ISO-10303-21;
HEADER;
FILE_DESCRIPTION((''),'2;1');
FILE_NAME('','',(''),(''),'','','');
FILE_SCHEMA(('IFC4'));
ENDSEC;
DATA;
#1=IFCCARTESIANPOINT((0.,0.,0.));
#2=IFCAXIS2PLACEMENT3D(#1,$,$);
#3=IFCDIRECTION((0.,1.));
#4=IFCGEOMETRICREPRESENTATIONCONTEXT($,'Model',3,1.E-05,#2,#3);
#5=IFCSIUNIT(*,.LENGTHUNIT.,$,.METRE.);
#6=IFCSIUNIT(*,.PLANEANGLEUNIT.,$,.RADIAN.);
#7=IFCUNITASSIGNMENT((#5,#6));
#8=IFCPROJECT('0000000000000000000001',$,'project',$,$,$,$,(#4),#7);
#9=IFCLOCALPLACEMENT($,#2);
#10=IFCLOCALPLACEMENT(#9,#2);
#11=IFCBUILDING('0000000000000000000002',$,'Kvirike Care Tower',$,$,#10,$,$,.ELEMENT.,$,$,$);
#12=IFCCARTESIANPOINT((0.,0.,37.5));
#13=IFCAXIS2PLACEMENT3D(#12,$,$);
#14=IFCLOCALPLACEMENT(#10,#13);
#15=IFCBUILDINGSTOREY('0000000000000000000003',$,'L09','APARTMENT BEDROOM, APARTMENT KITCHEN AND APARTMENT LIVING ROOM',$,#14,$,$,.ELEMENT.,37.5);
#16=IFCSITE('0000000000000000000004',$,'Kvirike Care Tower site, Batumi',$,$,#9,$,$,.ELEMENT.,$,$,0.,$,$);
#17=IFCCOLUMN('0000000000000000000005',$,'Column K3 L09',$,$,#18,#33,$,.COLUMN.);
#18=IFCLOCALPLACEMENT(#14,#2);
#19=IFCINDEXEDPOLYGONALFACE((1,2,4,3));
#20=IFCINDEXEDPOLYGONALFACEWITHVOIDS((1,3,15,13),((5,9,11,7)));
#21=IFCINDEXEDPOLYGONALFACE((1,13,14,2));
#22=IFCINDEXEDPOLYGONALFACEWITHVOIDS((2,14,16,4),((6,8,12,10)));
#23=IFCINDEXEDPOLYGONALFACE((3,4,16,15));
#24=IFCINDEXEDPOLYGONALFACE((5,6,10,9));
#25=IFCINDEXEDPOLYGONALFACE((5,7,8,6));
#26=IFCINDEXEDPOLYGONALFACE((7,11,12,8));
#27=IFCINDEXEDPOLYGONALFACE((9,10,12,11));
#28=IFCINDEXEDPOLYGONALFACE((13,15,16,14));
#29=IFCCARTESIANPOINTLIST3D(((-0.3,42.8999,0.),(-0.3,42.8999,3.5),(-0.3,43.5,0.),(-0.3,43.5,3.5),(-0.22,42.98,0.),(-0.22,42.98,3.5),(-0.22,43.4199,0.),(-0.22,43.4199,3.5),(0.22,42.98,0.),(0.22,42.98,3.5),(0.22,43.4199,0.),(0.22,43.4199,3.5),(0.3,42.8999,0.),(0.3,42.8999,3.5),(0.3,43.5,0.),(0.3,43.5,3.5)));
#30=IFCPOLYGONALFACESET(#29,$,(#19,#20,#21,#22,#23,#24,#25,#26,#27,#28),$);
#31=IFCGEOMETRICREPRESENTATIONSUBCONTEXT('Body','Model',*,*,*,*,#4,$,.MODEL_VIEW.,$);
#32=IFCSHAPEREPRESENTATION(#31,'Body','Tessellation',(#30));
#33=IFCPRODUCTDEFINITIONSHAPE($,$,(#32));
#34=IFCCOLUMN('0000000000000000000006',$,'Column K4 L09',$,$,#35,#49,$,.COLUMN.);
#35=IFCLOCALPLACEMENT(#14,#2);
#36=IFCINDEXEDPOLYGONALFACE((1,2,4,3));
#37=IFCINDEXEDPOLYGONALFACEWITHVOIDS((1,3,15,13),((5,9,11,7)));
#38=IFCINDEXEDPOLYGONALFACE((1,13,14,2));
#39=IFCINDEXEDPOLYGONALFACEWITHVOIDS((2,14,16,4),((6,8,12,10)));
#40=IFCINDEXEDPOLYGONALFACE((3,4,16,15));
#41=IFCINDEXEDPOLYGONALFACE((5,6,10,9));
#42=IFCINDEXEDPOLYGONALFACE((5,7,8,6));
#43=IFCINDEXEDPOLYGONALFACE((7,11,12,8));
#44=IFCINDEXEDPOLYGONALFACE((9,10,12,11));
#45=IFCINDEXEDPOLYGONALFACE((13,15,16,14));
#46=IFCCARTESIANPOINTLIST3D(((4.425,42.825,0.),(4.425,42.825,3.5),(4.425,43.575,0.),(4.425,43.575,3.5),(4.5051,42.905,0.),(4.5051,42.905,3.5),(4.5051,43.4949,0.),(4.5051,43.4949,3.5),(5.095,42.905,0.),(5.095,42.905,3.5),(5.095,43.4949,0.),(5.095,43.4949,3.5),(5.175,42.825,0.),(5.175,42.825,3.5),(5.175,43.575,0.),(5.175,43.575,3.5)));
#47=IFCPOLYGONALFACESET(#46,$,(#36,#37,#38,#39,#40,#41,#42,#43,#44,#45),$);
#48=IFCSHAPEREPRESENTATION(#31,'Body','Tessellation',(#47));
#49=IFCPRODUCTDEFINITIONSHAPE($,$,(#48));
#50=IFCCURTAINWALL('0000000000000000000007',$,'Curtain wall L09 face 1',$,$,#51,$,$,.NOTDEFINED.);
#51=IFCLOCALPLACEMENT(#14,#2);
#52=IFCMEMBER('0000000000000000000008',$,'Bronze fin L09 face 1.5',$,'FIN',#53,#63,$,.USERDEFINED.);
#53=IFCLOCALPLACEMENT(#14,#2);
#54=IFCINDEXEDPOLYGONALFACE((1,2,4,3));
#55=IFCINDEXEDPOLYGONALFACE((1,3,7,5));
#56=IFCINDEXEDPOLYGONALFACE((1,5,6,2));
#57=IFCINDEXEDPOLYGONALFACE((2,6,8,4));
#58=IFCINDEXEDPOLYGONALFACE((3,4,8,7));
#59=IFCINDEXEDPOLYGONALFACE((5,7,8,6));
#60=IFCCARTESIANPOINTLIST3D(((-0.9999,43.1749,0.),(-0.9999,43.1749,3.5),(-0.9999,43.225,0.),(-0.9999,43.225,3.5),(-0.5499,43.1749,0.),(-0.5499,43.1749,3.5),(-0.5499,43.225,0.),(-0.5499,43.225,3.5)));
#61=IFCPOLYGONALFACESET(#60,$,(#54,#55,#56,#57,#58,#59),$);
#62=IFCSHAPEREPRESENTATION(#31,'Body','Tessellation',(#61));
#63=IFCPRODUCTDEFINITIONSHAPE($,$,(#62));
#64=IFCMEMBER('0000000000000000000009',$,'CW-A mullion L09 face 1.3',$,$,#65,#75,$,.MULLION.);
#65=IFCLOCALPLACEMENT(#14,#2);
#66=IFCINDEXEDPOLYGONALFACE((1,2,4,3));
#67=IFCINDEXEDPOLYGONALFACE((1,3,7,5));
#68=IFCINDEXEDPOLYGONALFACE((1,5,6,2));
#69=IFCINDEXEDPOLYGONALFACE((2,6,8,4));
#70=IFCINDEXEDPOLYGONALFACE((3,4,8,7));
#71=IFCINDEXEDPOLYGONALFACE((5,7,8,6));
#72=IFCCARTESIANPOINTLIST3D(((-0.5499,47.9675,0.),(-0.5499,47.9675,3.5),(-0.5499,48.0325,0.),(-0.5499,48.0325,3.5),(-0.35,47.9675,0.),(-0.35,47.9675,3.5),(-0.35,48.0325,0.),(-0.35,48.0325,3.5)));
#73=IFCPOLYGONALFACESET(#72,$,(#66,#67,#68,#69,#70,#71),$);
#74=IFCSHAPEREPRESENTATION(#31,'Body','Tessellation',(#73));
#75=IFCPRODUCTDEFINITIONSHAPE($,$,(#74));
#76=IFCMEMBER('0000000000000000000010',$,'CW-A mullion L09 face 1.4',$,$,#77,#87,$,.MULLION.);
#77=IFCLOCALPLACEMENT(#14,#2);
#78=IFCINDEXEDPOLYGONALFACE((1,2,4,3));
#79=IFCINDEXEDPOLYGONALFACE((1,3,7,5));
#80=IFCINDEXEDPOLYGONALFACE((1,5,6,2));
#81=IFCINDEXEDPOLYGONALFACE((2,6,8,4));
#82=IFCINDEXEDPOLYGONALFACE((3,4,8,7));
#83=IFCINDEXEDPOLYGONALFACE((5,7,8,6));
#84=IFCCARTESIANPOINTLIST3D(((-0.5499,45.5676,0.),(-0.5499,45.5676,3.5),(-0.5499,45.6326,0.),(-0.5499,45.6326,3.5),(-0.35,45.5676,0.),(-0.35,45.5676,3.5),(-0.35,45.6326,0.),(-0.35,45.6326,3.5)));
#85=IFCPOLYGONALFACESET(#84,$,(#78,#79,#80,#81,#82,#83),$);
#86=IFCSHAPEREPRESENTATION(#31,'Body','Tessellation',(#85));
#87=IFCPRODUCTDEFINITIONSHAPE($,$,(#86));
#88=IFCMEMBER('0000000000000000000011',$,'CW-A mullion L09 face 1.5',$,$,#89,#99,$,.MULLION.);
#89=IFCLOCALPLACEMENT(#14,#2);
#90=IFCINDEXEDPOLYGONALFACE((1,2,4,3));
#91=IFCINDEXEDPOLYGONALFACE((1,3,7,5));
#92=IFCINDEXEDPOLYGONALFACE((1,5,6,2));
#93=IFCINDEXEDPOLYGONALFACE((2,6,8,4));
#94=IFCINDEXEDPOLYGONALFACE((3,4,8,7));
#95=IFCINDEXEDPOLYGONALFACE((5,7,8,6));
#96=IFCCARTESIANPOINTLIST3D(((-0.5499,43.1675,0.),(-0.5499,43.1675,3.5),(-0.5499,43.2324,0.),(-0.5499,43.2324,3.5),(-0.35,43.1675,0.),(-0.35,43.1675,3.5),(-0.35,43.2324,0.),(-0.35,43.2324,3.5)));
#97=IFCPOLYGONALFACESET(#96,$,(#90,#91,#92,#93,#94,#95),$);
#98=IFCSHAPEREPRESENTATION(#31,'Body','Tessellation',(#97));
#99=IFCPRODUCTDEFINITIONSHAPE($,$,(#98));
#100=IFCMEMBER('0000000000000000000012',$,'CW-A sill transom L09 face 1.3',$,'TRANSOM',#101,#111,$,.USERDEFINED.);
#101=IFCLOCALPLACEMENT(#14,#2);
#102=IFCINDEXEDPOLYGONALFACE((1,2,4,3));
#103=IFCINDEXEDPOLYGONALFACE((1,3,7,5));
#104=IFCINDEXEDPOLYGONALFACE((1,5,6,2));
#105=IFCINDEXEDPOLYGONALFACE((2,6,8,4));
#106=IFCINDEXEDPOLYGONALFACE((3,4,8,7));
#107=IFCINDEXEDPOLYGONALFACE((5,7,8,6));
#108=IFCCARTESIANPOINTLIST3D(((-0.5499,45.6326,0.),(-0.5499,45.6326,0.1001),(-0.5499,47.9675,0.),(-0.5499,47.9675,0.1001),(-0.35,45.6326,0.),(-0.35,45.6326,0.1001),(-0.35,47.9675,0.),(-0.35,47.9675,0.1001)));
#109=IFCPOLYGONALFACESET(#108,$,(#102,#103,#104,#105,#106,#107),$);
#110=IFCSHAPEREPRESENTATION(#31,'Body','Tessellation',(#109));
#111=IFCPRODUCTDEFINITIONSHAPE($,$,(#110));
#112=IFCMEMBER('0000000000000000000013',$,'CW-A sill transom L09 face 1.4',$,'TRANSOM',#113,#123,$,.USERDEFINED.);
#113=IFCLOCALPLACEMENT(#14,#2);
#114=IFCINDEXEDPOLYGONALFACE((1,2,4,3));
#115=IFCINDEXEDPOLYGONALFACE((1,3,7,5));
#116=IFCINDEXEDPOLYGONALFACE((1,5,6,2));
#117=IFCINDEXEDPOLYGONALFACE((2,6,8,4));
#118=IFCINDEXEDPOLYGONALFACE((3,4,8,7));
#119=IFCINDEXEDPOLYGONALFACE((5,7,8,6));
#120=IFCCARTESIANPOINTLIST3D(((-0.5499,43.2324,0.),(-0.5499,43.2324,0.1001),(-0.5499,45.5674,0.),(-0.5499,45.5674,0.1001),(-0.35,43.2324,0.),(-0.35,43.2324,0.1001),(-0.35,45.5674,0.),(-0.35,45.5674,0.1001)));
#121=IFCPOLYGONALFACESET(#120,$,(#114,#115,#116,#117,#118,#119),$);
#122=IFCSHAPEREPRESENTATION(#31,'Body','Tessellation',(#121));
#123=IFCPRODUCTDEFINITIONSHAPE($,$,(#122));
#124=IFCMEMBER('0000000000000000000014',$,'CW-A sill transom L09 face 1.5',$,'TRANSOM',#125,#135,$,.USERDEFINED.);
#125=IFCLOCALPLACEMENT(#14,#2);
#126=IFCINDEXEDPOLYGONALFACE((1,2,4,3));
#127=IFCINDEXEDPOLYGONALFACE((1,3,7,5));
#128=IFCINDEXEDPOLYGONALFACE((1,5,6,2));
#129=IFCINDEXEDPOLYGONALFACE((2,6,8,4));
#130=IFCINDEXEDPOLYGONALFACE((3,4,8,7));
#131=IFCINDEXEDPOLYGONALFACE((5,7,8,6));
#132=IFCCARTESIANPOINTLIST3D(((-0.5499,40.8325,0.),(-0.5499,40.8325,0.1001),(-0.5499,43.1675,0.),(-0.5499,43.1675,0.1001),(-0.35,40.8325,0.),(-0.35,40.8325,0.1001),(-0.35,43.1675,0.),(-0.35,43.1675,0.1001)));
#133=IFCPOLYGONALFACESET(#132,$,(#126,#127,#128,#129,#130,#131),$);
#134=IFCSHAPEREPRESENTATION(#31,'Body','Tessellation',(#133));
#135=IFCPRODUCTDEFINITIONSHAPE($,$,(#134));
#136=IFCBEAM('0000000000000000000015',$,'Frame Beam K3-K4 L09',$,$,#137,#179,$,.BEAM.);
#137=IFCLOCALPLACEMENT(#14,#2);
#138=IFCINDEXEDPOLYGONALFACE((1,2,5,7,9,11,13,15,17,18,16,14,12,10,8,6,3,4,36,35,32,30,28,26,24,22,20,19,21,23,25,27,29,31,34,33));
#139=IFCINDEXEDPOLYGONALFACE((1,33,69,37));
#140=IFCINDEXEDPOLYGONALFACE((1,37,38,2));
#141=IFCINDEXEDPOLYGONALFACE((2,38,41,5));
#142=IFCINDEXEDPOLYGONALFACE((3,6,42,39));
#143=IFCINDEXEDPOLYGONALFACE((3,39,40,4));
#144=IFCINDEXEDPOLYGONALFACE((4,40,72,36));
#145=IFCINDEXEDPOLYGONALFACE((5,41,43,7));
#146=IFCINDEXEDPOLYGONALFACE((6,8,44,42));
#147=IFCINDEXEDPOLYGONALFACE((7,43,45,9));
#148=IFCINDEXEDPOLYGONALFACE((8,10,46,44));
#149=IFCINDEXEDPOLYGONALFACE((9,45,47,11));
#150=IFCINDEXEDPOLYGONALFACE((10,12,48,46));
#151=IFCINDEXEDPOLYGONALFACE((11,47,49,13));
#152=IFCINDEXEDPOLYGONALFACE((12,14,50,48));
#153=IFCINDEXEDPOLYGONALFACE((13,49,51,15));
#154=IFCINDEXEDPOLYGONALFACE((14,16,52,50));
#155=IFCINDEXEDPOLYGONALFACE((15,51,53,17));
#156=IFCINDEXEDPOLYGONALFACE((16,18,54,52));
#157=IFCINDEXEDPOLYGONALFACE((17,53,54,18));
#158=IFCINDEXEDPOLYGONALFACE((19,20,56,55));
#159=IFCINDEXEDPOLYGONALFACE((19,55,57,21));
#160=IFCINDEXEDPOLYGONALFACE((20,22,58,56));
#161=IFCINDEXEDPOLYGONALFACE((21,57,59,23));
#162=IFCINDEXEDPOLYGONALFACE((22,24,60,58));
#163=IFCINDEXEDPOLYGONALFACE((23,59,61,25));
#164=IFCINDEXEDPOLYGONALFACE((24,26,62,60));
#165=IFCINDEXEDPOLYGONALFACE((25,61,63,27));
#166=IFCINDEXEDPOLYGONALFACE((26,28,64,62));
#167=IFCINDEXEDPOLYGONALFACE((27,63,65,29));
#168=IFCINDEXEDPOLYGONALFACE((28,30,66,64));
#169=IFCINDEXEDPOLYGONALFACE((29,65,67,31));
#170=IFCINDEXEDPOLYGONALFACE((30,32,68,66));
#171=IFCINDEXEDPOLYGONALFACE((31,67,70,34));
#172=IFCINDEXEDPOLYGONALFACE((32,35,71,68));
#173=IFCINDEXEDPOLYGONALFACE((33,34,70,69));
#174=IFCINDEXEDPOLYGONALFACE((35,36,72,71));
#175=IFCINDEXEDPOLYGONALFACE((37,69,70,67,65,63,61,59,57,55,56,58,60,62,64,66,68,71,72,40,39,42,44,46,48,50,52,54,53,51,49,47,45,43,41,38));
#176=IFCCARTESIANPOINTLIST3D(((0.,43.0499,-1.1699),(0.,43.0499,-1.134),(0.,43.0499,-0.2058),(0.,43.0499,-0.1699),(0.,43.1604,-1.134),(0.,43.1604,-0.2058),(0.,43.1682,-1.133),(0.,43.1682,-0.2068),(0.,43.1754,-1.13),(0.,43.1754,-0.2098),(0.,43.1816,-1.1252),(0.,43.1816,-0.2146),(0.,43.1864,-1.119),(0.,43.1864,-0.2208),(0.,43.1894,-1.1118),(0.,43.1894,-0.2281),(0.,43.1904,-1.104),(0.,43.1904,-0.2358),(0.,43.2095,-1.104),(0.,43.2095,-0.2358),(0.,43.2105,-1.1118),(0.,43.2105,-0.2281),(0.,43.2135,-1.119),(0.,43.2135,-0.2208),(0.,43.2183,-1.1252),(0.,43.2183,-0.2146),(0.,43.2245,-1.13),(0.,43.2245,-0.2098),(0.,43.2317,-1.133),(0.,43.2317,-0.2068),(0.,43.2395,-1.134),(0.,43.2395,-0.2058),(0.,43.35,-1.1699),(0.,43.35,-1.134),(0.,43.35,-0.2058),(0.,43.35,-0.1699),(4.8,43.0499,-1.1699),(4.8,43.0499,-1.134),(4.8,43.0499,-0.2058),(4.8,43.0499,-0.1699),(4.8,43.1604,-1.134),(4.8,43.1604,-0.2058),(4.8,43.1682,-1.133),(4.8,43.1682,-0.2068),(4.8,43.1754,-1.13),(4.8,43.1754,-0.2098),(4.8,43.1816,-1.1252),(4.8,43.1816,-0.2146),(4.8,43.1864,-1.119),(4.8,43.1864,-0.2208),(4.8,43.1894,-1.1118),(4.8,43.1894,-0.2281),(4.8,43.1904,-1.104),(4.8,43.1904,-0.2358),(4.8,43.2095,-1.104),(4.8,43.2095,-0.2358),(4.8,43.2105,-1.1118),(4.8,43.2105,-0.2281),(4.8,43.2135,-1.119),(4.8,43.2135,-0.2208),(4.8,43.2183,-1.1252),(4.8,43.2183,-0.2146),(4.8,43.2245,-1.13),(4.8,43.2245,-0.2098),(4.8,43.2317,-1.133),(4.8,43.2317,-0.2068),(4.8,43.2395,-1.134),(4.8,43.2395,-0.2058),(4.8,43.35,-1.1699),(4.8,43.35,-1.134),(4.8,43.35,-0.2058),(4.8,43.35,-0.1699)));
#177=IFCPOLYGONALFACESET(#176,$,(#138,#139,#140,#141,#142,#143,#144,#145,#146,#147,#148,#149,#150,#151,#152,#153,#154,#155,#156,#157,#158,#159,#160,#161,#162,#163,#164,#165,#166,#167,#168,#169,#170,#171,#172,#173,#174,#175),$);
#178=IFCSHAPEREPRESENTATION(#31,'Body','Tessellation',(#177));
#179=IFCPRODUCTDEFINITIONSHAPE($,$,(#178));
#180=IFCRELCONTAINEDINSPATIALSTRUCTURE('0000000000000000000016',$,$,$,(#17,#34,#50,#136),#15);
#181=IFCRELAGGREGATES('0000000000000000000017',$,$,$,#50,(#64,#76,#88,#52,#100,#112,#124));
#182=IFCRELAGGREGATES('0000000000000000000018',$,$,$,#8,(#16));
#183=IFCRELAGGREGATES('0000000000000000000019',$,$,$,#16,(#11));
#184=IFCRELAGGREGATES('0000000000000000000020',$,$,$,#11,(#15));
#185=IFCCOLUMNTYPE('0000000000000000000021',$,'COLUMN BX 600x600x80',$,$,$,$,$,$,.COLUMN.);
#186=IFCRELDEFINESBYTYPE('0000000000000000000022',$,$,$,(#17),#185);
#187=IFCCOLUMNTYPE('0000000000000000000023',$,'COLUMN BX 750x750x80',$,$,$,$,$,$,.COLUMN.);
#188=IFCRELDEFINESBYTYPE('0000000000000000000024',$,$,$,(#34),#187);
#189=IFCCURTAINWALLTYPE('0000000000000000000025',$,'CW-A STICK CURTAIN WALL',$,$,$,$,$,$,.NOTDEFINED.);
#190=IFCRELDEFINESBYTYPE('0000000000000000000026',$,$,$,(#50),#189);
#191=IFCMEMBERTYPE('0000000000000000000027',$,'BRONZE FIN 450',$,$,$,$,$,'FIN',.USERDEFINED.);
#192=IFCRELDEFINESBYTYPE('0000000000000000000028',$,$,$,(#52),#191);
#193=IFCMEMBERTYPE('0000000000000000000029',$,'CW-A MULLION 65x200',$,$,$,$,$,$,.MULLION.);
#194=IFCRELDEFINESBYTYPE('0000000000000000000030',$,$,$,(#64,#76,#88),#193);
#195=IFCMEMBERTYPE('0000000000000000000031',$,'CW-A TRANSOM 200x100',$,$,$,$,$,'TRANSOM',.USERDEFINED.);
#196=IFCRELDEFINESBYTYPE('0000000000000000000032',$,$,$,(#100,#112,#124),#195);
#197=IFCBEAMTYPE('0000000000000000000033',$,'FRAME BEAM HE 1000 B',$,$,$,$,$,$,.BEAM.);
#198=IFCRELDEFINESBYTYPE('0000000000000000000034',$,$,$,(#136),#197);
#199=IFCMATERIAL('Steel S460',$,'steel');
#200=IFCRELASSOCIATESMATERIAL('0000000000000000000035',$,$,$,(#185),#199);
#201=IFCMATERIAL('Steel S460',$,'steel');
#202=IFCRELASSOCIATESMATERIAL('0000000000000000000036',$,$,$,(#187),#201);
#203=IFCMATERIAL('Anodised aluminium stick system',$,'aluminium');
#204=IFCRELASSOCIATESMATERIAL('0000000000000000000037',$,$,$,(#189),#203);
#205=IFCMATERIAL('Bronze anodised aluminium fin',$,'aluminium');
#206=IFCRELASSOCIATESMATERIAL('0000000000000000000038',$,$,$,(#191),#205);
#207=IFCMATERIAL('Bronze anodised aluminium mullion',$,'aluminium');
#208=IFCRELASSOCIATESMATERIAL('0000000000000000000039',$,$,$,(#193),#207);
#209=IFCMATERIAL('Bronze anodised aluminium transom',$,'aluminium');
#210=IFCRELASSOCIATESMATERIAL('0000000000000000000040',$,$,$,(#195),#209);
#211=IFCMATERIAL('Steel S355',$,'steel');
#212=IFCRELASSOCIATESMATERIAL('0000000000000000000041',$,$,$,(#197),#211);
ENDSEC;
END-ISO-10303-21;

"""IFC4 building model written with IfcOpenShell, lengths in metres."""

from ifc_helpers import new_model, si_unit, direction, frame, origin, origin_2d, place, context, subcontext, project, spatial, rectangle, hollow_rectangle, i_section, extrude, material, material_profile, profile_set, type_object, element, aggregate, save


model = new_model("IFC4")

# Units and contexts
model_context = context("Model", 3, precision=1e-05, world=origin(), true_north=direction((0.0, 1.0)))
body_context = subcontext(model_context, "Body", "Model", "MODEL_VIEW")
ifc_project = project(units=[si_unit("LENGTHUNIT", "METRE"), si_unit("PLANEANGLEUNIT", "RADIAN")], contexts=[model_context])

# Site, building, storey
site_placement = place(None, origin())
site = spatial("IfcSite", under=ifc_project, at=site_placement, Name="Kvirike Care Tower site, Batumi", CompositionType="ELEMENT", RefElevation=0.0)
building_placement = place(site_placement, origin())
building = spatial("IfcBuilding", under=site, at=building_placement, Name="Kvirike Care Tower", CompositionType="ELEMENT")
storey_placement = place(building_placement, frame((0.0, 0.0, 37.5)))
storey = spatial("IfcBuildingStorey", under=building, at=storey_placement, Name="L09", Description="APARTMENT BEDROOM, APARTMENT KITCHEN AND APARTMENT LIVING ROOM", CompositionType="ELEMENT", Elevation=37.5)

# Columns
ifc_material_1 = material(Name="Steel S460", Category="steel")
ifc_material_profile_1 = material_profile(ifc_material_1, hollow_rectangle(XDim=0.6001, YDim=0.6001, WallThickness=0.0801, at=origin_2d()), Name="BX 600x600x80")
ifc_profile_set_1 = profile_set([ifc_material_profile_1], Name="Steel S460")
column_type_1 = type_object("IfcColumnType", Name="COLUMN BX 600x600x80", PredefinedType="COLUMN", material=ifc_profile_set_1)
column_1_placement = place(storey_placement, frame((0.0, 43.2, 0.0), z_axis=(0.0, 0.0, 1.0), x_axis=(0.0, 1.0, 0.0)))
element("IfcColumn", 1, at=column_1_placement, inside=storey, type_object=column_type_1, Name="Column K3 L09", PredefinedType="COLUMN", context=body_context, shape_type="SweptSolid", body=[
    extrude(hollow_rectangle(XDim=0.6001, YDim=0.6001, WallThickness=0.0801, at=origin_2d()), origin(), (0.0, 0.0, 1.0), 3.5),
])
ifc_material_2 = material(Name="Steel S460", Category="steel")
ifc_material_profile_2 = material_profile(ifc_material_2, hollow_rectangle(XDim=0.75, YDim=0.75, WallThickness=0.0801, at=origin_2d()), Name="BX 750x750x80")
ifc_profile_set_2 = profile_set([ifc_material_profile_2], Name="Steel S460")
column_type_2 = type_object("IfcColumnType", Name="COLUMN BX 750x750x80", PredefinedType="COLUMN", material=ifc_profile_set_2)
column_2_placement = place(storey_placement, frame((4.8, 43.2, 0.0), z_axis=(0.0, 0.0, 1.0), x_axis=(0.0, 1.0, 0.0)))
element("IfcColumn", 2, at=column_2_placement, inside=storey, type_object=column_type_2, Name="Column K4 L09", PredefinedType="COLUMN", context=body_context, shape_type="SweptSolid", body=[
    extrude(hollow_rectangle(XDim=0.75, YDim=0.75, WallThickness=0.0801, at=origin_2d()), origin(), (0.0, 0.0, 1.0), 3.5),
])

# Curtain wall, members
ifc_material_3 = material(Name="Anodised aluminium stick system", Category="aluminium")
curtain_wall_type = type_object("IfcCurtainWallType", Name="CW-A STICK CURTAIN WALL", PredefinedType="NOTDEFINED", material=ifc_material_3)
curtain_wall_placement = place(storey_placement, origin())
curtain_wall = element("IfcCurtainWall", 3, at=curtain_wall_placement, inside=storey, type_object=curtain_wall_type, Name="Curtain wall L09 face 1", PredefinedType="NOTDEFINED")
ifc_material_4 = material(Name="Bronze anodised aluminium fin", Category="aluminium")
ifc_material_profile_3 = material_profile(ifc_material_4, rectangle(XDim=0.05, YDim=0.45, at=origin_2d()), Name="BRONZE FIN 450")
ifc_profile_set_3 = profile_set([ifc_material_profile_3], Name="Bronze anodised aluminium fin")
member_type_1 = type_object("IfcMemberType", Name="BRONZE FIN 450", ElementType="FIN", PredefinedType="USERDEFINED", material=ifc_profile_set_3)
member_1_placement = place(storey_placement, frame((-0.7749, 43.2, 0.0), z_axis=(0.0, 0.0, 1.0), x_axis=(0.0, -1.0, 0.0)))
member_1 = element("IfcMember", 4, at=member_1_placement, type_object=member_type_1, Name="Bronze fin L09 face 1.5", ObjectType="FIN", PredefinedType="USERDEFINED", context=body_context, shape_type="SweptSolid", body=[
    extrude(rectangle(XDim=0.05, YDim=0.45, at=origin_2d()), origin(), (0.0, 0.0, 1.0), 3.5),
])
ifc_material_5 = material(Name="Bronze anodised aluminium mullion", Category="aluminium")
ifc_material_profile_4 = material_profile(ifc_material_5, rectangle(XDim=0.0649, YDim=0.2, at=origin_2d()), Name="CW-A MULLION 65x200")
ifc_profile_set_4 = profile_set([ifc_material_profile_4], Name="Bronze anodised aluminium mullion")
member_type_2 = type_object("IfcMemberType", Name="CW-A MULLION 65x200", PredefinedType="MULLION", material=ifc_profile_set_4)
member_2_placement = place(storey_placement, frame((-0.45, 48.0, 0.0), z_axis=(0.0, 0.0, 1.0), x_axis=(0.0, -1.0, 0.0)))
member_2 = element("IfcMember", 5, at=member_2_placement, type_object=member_type_2, Name="CW-A mullion L09 face 1.3", PredefinedType="MULLION", context=body_context, shape_type="SweptSolid", body=[
    extrude(rectangle(XDim=0.0649, YDim=0.2, at=origin_2d()), origin(), (0.0, 0.0, 1.0), 3.5),
])
member_3_placement = place(storey_placement, frame((-0.45, 45.6001, 0.0), z_axis=(0.0, 0.0, 1.0), x_axis=(0.0, -1.0, 0.0)))
member_3 = element("IfcMember", 6, at=member_3_placement, type_object=member_type_2, Name="CW-A mullion L09 face 1.4", PredefinedType="MULLION", context=body_context, shape_type="SweptSolid", body=[
    extrude(rectangle(XDim=0.0649, YDim=0.2, at=origin_2d()), origin(), (0.0, 0.0, 1.0), 3.5),
])
member_4_placement = place(storey_placement, frame((-0.45, 43.2, 0.0), z_axis=(0.0, 0.0, 1.0), x_axis=(0.0, -1.0, 0.0)))
member_4 = element("IfcMember", 7, at=member_4_placement, type_object=member_type_2, Name="CW-A mullion L09 face 1.5", PredefinedType="MULLION", context=body_context, shape_type="SweptSolid", body=[
    extrude(rectangle(XDim=0.0649, YDim=0.2, at=origin_2d()), origin(), (0.0, 0.0, 1.0), 3.5),
])
ifc_material_6 = material(Name="Bronze anodised aluminium transom", Category="aluminium")
ifc_material_profile_5 = material_profile(ifc_material_6, rectangle(XDim=0.2, YDim=0.1001, at=origin_2d()), Name="CW-A TRANSOM 200x100")
ifc_profile_set_5 = profile_set([ifc_material_profile_5], Name="Bronze anodised aluminium transom")
member_type_3 = type_object("IfcMemberType", Name="CW-A TRANSOM 200x100", ElementType="TRANSOM", PredefinedType="USERDEFINED", material=ifc_profile_set_5)
member_5_placement = place(storey_placement, frame((-0.45, 47.9675, 0.05), z_axis=(0.0, -1.0, 0.0), x_axis=(1.0, 0.0, 0.0)))
member_5 = element("IfcMember", 8, at=member_5_placement, type_object=member_type_3, Name="CW-A sill transom L09 face 1.3", ObjectType="TRANSOM", PredefinedType="USERDEFINED", context=body_context, shape_type="SweptSolid", body=[
    extrude(rectangle(XDim=0.2, YDim=0.1001, at=origin_2d()), origin(), (0.0, 0.0, 1.0), 2.335),
])
member_6_placement = place(storey_placement, frame((-0.45, 45.5674, 0.05), z_axis=(0.0, -1.0, 0.0), x_axis=(1.0, 0.0, 0.0)))
member_6 = element("IfcMember", 9, at=member_6_placement, type_object=member_type_3, Name="CW-A sill transom L09 face 1.4", ObjectType="TRANSOM", PredefinedType="USERDEFINED", context=body_context, shape_type="SweptSolid", body=[
    extrude(rectangle(XDim=0.2, YDim=0.1001, at=origin_2d()), origin(), (0.0, 0.0, 1.0), 2.335),
])
member_7_placement = place(storey_placement, frame((-0.45, 43.1675, 0.05), z_axis=(0.0, -1.0, 0.0), x_axis=(1.0, 0.0, 0.0)))
member_7 = element("IfcMember", 10, at=member_7_placement, type_object=member_type_3, Name="CW-A sill transom L09 face 1.5", ObjectType="TRANSOM", PredefinedType="USERDEFINED", context=body_context, shape_type="SweptSolid", body=[
    extrude(rectangle(XDim=0.2, YDim=0.1001, at=origin_2d()), origin(), (0.0, 0.0, 1.0), 2.335),
])

# Beam
ifc_material_7 = material(Name="Steel S355", Category="steel")
ifc_material_profile_6 = material_profile(ifc_material_7, i_section(OverallWidth=0.3, OverallDepth=1.0, WebThickness=0.019, FlangeThickness=0.0359, FilletRadius=0.03, at=origin_2d()), Name="HE 1000 B")
ifc_profile_set_6 = profile_set([ifc_material_profile_6], Name="Steel S355")
beam_type_1 = type_object("IfcBeamType", Name="FRAME BEAM HE 1000 B", PredefinedType="BEAM", material=ifc_profile_set_6)
for number, where, z_axis, x_axis, name in (
    (11, (0.0, 43.2, -0.6699), (1.0, 0.0, 0.0), (0.0, 1.0, 0.0), "Frame Beam K3-K4 L09"),
):
    element("IfcBeam", number, at=place(storey_placement, frame(where, z_axis=z_axis, x_axis=x_axis)), inside=storey, type_object=beam_type_1, Name=name, PredefinedType="BEAM", context=body_context, shape_type="SweptSolid", body=[
        extrude(i_section(OverallWidth=0.3, OverallDepth=1.0, WebThickness=0.019, FlangeThickness=0.0359, FilletRadius=0.03, at=origin_2d()), origin(), (0.0, 0.0, 1.0), 4.8),
    ])

aggregate(curtain_wall, [member_2, member_3, member_4, member_1, member_5, member_6, member_7])

save(model, "model.ifc")
